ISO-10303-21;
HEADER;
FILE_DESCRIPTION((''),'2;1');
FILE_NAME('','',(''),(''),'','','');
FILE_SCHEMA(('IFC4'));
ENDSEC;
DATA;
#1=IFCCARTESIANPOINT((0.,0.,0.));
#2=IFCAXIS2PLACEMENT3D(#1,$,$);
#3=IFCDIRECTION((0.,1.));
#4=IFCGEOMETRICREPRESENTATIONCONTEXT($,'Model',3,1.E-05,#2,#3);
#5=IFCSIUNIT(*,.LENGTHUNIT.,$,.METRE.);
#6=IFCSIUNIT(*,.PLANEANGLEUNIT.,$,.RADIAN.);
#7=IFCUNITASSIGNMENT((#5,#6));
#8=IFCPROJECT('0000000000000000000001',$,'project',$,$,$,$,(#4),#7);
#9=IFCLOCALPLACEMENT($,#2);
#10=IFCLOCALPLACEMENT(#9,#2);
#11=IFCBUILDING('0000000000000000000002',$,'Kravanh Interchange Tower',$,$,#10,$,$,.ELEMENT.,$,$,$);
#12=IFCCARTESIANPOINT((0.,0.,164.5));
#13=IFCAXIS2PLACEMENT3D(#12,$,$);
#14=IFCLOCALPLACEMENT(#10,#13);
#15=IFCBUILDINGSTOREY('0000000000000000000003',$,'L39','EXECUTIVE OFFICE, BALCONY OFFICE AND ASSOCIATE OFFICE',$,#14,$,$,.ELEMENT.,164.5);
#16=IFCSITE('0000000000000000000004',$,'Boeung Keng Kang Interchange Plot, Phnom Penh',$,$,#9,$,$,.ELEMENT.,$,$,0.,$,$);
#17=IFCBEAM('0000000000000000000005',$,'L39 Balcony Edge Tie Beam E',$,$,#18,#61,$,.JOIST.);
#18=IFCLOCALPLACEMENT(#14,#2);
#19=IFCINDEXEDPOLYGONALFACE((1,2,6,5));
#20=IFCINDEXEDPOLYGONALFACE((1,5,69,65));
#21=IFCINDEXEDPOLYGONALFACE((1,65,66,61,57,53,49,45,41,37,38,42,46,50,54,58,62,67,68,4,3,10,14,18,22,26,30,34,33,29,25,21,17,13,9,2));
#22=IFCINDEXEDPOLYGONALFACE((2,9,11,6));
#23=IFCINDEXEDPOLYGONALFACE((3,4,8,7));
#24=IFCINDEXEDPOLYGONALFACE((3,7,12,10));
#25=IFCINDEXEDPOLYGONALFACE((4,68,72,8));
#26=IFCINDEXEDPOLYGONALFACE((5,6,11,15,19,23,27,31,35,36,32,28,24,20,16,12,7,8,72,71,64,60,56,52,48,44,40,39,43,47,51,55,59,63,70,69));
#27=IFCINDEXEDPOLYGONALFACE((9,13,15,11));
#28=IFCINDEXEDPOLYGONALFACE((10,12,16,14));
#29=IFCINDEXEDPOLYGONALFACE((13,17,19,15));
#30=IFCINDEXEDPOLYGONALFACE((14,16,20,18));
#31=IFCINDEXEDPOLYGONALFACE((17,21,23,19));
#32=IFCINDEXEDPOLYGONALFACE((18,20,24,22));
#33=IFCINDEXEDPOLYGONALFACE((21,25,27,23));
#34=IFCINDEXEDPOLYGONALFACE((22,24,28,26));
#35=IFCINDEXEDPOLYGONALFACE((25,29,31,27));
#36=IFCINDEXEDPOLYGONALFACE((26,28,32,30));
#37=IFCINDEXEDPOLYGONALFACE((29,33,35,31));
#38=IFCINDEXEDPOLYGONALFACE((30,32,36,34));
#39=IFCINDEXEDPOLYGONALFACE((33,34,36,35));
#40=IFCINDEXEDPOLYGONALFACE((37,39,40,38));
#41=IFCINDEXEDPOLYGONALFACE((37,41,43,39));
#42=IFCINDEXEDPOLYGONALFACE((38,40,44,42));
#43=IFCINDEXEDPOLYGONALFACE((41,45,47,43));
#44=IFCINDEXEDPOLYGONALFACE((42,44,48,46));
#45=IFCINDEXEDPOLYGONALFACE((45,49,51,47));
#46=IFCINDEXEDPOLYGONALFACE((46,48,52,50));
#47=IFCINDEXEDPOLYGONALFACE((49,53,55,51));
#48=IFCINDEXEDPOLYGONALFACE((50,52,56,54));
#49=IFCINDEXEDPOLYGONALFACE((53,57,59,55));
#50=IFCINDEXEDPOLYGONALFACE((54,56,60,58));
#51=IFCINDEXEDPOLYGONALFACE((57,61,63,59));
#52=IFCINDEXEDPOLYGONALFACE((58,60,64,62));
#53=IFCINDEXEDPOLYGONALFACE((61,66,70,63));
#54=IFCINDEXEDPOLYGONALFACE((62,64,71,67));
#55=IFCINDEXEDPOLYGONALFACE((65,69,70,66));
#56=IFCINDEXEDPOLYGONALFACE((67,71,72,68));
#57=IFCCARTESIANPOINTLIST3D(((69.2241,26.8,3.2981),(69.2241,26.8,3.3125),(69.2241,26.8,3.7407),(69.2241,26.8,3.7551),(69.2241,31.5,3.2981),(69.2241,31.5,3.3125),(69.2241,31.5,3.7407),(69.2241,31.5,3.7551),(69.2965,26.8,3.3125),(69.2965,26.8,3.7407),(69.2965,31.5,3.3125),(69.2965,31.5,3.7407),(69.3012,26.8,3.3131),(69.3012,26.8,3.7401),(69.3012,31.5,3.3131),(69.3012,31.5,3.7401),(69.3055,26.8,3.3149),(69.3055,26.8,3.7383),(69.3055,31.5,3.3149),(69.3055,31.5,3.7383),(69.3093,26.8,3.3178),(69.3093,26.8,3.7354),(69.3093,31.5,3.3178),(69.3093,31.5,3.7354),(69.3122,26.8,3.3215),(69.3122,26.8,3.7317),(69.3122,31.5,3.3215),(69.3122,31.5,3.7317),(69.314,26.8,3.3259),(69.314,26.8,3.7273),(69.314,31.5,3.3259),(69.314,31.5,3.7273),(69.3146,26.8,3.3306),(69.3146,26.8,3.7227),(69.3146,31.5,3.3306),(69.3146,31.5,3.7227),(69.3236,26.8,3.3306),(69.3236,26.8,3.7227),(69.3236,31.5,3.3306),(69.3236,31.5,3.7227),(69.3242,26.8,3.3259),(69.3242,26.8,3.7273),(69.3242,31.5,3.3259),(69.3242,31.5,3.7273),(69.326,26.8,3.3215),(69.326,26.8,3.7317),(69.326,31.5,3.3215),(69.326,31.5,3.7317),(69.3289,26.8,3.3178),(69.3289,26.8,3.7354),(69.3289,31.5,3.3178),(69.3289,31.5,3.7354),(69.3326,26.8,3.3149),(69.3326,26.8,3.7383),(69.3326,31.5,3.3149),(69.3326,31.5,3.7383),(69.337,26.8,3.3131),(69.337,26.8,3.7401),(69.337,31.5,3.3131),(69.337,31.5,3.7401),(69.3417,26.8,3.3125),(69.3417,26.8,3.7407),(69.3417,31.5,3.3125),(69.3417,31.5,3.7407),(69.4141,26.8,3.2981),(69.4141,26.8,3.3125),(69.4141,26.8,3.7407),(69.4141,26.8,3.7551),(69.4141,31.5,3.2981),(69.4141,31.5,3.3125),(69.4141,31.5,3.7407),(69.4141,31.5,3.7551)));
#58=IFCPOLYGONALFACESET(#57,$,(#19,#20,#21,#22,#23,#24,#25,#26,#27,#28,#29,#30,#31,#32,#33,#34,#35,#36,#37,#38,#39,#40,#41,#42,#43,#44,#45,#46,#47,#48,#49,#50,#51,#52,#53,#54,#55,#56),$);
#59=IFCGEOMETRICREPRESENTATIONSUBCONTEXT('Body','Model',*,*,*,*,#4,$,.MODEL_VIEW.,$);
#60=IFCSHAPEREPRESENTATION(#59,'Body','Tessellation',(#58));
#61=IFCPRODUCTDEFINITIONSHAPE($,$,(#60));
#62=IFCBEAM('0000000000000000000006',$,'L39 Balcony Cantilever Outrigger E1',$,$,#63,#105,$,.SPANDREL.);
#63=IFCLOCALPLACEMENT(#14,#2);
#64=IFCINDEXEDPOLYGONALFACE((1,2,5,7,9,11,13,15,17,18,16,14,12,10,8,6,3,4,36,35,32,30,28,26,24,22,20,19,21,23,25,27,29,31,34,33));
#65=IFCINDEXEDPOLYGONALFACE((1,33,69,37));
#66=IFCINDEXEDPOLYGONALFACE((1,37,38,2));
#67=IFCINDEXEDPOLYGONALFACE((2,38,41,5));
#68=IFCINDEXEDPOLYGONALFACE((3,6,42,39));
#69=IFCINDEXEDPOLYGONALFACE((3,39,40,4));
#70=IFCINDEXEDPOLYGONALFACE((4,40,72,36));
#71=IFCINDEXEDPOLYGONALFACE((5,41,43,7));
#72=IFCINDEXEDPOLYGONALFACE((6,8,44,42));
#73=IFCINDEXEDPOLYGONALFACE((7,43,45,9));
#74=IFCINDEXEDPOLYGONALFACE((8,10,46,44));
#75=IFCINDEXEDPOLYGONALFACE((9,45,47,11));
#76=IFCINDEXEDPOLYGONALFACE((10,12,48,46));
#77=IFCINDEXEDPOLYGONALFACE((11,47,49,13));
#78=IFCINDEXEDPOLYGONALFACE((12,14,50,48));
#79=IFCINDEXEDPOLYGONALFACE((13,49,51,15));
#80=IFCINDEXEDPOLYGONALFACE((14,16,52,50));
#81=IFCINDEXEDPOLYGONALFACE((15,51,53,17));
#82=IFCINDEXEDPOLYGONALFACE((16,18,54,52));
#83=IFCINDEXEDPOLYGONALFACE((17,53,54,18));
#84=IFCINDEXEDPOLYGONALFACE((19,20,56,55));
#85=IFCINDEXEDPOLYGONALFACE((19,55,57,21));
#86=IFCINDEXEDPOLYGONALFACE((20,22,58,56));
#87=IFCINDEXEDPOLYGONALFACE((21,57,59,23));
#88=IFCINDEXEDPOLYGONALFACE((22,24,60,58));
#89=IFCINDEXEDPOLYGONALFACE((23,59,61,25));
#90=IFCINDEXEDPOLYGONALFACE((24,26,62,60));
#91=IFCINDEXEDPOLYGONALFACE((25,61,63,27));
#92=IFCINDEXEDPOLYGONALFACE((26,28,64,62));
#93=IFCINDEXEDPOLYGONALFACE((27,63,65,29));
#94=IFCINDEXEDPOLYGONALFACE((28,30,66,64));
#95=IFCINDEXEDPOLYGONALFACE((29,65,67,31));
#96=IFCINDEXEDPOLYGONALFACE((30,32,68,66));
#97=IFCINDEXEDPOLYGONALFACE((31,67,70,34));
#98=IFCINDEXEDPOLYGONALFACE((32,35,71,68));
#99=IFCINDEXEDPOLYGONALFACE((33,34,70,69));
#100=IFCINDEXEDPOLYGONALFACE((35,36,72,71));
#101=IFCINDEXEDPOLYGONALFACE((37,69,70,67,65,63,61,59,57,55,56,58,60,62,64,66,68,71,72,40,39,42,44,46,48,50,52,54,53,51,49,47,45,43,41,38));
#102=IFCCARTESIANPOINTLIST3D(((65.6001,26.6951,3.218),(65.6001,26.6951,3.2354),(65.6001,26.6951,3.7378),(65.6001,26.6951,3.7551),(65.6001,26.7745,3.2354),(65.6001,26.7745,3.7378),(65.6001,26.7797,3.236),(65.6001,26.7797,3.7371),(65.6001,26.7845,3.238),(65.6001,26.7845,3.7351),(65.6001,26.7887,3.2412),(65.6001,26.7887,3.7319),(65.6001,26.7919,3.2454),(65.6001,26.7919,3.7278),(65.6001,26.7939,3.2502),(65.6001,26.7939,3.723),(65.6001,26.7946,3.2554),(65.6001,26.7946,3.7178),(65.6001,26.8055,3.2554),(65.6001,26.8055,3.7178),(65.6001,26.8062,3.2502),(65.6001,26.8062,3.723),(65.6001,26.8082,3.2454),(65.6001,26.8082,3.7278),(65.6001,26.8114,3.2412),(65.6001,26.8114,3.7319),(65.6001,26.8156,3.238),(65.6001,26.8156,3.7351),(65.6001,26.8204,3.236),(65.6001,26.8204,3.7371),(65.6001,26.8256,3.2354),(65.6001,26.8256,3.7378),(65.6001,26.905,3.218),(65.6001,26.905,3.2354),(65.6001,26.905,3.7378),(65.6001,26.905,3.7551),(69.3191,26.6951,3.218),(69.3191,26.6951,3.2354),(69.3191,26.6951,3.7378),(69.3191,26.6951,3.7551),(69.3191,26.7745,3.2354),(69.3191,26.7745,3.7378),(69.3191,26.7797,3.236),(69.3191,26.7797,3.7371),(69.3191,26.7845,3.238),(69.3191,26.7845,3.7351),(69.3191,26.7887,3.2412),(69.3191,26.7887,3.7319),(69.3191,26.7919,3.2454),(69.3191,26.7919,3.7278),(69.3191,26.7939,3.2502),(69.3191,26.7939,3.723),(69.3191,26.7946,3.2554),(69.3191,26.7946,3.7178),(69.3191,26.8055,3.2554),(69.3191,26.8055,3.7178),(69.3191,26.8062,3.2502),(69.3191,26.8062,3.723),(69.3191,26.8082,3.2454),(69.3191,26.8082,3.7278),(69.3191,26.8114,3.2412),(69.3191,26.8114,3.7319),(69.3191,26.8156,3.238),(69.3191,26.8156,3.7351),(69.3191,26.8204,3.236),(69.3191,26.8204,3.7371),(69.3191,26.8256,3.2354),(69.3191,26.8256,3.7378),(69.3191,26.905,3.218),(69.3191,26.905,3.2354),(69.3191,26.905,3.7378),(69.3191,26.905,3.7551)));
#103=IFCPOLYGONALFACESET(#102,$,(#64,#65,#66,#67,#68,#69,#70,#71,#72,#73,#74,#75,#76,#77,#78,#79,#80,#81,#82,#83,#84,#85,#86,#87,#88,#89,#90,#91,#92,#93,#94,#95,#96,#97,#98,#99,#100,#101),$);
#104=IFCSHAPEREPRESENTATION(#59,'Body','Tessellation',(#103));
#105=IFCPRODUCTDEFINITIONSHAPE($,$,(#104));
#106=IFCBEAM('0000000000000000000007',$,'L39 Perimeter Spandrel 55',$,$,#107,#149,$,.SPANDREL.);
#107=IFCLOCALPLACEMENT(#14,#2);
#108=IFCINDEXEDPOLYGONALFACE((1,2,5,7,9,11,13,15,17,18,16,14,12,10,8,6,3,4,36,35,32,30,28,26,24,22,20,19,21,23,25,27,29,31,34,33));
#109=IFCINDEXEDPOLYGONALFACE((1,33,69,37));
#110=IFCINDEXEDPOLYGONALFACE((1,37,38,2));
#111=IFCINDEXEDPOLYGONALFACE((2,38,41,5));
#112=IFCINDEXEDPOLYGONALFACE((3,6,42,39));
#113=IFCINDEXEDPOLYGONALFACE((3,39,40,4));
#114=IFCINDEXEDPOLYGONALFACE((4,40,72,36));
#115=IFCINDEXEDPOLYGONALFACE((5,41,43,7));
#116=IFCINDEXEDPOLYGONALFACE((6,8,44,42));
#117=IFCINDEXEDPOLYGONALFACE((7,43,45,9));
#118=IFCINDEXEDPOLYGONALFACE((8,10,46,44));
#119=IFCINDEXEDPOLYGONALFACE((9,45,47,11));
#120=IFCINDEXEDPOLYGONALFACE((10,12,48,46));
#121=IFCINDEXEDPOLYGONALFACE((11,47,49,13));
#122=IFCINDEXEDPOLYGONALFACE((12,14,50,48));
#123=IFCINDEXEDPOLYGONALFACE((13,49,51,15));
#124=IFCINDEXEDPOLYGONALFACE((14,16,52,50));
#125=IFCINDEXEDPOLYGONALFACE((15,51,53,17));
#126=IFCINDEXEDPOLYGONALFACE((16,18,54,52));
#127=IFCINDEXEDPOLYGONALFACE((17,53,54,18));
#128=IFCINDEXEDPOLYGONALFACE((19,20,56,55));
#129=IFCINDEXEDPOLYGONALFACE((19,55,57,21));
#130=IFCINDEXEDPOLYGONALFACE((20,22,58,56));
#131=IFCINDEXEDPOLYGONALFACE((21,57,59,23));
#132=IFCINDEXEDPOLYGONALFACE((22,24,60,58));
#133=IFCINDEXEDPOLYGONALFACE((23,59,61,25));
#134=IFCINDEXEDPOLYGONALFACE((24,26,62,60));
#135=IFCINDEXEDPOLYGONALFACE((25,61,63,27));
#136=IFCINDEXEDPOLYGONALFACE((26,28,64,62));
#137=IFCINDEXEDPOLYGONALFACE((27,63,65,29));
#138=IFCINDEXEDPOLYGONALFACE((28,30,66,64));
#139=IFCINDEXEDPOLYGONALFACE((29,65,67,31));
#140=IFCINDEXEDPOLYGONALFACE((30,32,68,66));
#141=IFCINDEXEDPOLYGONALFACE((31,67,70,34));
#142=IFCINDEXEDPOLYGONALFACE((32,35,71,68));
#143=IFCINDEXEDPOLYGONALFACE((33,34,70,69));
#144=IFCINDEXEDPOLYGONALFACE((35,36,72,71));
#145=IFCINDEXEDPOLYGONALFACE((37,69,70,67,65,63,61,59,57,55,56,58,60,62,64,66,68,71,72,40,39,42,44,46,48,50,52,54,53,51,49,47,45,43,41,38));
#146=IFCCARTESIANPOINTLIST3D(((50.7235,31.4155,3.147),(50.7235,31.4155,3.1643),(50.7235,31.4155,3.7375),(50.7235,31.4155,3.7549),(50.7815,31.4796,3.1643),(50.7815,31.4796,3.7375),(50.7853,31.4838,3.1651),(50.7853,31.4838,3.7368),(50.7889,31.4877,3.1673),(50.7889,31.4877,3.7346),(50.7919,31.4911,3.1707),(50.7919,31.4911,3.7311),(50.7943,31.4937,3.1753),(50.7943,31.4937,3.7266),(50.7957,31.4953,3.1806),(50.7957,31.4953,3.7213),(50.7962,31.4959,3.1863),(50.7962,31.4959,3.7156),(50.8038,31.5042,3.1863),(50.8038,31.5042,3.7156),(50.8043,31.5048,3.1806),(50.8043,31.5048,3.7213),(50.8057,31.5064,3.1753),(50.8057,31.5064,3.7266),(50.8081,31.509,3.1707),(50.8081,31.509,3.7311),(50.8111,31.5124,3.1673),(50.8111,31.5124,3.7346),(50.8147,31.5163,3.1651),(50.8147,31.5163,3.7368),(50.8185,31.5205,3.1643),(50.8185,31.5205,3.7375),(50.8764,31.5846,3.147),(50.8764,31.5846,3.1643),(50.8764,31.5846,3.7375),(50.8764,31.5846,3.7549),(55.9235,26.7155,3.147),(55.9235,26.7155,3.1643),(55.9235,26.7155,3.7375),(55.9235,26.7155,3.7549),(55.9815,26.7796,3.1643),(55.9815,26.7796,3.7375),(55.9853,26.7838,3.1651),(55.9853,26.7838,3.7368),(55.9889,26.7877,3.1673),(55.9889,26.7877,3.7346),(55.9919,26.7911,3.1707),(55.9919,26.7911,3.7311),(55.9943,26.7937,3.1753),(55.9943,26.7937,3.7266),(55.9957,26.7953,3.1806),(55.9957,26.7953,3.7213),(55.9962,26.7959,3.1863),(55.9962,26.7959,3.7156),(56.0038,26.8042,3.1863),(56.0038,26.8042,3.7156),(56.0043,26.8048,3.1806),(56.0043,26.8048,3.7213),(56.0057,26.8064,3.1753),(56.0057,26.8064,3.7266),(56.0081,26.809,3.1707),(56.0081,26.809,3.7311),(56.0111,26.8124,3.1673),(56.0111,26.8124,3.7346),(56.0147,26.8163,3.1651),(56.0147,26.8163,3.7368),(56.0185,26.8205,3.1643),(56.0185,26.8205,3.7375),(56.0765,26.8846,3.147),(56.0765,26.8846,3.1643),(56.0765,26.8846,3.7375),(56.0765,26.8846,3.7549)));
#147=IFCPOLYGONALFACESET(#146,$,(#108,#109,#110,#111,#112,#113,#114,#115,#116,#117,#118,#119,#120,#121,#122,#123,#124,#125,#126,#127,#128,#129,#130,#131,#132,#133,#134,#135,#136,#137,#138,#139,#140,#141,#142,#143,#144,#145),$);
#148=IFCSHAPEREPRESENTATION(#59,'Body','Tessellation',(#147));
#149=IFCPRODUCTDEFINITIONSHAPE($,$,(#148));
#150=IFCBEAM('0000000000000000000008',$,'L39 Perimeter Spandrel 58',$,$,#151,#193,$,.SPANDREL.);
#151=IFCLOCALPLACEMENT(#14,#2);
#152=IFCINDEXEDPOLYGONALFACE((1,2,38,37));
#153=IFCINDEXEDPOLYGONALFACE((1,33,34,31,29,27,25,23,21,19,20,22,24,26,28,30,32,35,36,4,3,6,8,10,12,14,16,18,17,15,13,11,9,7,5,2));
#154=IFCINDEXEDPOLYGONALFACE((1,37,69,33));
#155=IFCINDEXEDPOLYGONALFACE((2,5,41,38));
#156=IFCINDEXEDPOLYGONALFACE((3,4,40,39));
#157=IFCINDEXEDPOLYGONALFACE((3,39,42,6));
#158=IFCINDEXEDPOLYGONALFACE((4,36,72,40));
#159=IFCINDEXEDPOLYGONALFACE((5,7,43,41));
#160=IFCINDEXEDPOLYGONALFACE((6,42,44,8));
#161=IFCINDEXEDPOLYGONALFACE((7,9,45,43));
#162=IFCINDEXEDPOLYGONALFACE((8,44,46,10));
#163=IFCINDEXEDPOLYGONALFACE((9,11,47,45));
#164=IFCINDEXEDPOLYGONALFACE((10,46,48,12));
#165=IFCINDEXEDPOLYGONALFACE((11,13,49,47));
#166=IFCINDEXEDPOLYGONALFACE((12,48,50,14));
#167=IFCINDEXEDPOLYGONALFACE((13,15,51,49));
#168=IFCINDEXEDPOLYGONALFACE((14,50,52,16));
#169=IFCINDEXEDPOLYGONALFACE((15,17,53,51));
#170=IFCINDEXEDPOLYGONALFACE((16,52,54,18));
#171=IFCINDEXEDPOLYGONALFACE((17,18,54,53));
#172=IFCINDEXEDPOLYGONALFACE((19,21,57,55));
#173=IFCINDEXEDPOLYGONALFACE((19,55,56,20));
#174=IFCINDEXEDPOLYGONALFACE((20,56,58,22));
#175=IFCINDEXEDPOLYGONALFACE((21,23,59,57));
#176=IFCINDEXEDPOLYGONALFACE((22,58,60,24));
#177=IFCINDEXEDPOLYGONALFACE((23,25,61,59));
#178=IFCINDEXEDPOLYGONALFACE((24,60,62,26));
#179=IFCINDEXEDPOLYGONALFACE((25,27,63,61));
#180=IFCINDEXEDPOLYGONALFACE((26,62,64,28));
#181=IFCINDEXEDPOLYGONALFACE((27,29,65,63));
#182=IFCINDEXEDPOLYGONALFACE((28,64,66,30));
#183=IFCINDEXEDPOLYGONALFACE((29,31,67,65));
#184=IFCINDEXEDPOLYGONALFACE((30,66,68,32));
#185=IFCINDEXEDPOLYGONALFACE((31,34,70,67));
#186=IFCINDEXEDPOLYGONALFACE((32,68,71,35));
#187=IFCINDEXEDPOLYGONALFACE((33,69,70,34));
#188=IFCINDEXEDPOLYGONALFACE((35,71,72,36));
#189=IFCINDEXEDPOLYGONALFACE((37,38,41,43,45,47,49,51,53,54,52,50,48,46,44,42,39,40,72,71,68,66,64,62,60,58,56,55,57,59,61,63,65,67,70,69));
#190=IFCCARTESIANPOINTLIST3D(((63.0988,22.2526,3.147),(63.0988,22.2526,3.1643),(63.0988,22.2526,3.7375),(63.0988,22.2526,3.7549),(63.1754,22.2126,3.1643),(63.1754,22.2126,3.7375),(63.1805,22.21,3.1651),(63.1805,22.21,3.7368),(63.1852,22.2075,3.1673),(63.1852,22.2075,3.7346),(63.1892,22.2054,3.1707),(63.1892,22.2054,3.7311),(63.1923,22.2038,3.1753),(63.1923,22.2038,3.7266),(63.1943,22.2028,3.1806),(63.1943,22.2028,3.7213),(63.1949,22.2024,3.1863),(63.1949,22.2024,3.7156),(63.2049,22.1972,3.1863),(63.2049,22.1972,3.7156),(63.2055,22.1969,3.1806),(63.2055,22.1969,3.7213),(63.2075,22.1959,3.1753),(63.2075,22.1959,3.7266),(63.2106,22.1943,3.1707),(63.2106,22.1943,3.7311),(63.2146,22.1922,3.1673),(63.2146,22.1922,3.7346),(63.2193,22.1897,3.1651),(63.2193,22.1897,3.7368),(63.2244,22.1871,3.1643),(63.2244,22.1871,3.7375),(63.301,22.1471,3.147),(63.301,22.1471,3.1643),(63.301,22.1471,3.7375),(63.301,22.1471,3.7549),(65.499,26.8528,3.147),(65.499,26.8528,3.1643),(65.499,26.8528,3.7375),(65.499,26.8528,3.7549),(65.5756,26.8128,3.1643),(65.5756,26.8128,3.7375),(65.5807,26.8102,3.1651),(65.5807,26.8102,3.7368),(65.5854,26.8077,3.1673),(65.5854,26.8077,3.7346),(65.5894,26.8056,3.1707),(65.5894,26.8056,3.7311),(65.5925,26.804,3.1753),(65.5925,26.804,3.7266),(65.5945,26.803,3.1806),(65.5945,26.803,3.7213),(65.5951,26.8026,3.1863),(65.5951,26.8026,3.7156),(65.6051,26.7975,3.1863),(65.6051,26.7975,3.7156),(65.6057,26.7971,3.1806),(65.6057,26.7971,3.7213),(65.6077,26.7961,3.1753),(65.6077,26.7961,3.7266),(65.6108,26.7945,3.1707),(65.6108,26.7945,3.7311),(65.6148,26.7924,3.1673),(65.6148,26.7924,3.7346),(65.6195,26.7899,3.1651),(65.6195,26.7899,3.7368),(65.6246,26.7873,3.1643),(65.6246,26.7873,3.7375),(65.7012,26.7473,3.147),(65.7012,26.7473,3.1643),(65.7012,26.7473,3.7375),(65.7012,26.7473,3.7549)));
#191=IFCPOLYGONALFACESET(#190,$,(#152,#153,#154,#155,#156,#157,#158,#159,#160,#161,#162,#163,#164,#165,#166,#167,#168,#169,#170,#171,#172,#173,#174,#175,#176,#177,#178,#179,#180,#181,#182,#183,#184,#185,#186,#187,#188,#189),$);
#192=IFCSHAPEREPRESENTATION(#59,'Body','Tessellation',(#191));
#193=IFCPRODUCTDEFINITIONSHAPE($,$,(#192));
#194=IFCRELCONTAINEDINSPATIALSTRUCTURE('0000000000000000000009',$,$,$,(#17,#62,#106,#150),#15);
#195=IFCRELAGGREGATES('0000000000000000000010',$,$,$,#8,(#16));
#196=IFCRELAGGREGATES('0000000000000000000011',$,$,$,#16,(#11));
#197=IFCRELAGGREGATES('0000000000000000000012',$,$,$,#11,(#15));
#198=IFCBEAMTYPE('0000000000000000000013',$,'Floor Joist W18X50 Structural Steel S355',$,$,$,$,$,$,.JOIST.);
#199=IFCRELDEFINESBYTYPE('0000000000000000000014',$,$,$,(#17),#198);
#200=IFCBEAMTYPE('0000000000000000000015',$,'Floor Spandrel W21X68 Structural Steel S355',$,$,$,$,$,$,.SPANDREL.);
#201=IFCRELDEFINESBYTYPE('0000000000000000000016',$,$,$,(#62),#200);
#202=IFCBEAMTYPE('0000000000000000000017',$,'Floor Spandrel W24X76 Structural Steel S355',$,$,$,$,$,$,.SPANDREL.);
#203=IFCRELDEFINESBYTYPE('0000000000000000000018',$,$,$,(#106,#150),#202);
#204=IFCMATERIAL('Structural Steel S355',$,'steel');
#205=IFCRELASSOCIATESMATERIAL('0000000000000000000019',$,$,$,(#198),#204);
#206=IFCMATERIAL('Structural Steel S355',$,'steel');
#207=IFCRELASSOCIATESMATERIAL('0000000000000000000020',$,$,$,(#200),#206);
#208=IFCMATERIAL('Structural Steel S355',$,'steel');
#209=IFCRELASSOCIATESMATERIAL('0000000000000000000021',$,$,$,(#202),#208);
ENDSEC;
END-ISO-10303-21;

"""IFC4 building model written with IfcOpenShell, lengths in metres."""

from ifc_helpers import new_model, si_unit, direction, frame, origin, origin_2d, place, context, subcontext, project, spatial, i_section, extrude, material, material_profile, profile_set, type_object, element, save


model = new_model("IFC4")

# Units and contexts
model_context = context("Model", 3, precision=1e-05, world=origin(), true_north=direction((0.0, 1.0)))
body_context = subcontext(model_context, "Body", "Model", "MODEL_VIEW")
ifc_project = project(units=[si_unit("LENGTHUNIT", "METRE"), si_unit("PLANEANGLEUNIT", "RADIAN")], contexts=[model_context])

# Site, building, storey
site_placement = place(None, origin())
site = spatial("IfcSite", under=ifc_project, at=site_placement, Name="Boeung Keng Kang Interchange Plot, Phnom Penh", CompositionType="ELEMENT", RefElevation=0.0)
building_placement = place(site_placement, origin())
building = spatial("IfcBuilding", under=site, at=building_placement, Name="Kravanh Interchange Tower", CompositionType="ELEMENT")
storey_placement = place(building_placement, frame((0.0, 0.0, 164.5)))
storey = spatial("IfcBuildingStorey", under=building, at=storey_placement, Name="L39", Description="EXECUTIVE OFFICE, BALCONY OFFICE AND ASSOCIATE OFFICE", CompositionType="ELEMENT", Elevation=164.5)

# Beams
ifc_material_1 = material(Name="Structural Steel S355", Category="steel")
ifc_material_profile_1 = material_profile(ifc_material_1, i_section(OverallWidth=0.1899, OverallDepth=0.457, WebThickness=0.009, FlangeThickness=0.0144, FilletRadius=0.0181, at=origin_2d()), Name="W18X50")
ifc_profile_set_1 = profile_set([ifc_material_profile_1], Name="Structural Steel S355")
beam_type_1 = type_object("IfcBeamType", Name="Floor Joist W18X50 Structural Steel S355", PredefinedType="JOIST", material=ifc_profile_set_1)
beam_1_placement = place(storey_placement, frame((69.3191, 26.8, 3.5266), z_axis=(0.0, 1.0, 0.0), x_axis=(-1.0, 0.0, 0.0)))
element("IfcBeam", 1, at=beam_1_placement, inside=storey, type_object=beam_type_1, Name="L39 Balcony Edge Tie Beam E", PredefinedType="JOIST", context=body_context, shape_type="SweptSolid", body=[
    extrude(i_section(OverallWidth=0.1899, OverallDepth=0.457, WebThickness=0.009, FlangeThickness=0.0144, FilletRadius=0.0181, at=origin_2d()), origin(), (0.0, 0.0, 1.0), 4.7),
])
ifc_material_2 = material(Name="Structural Steel S355", Category="steel")
ifc_material_profile_2 = material_profile(ifc_material_2, i_section(OverallWidth=0.21, OverallDepth=0.5371, WebThickness=0.011, FlangeThickness=0.0173, FilletRadius=0.02, at=origin_2d()), Name="W21X68")
ifc_profile_set_2 = profile_set([ifc_material_profile_2], Name="Structural Steel S355")
beam_type_2 = type_object("IfcBeamType", Name="Floor Spandrel W21X68 Structural Steel S355", PredefinedType="SPANDREL", material=ifc_profile_set_2)
beam_2_placement = place(storey_placement, frame((65.6001, 26.8, 3.4866), z_axis=(1.0, 0.0, 0.0), x_axis=(0.0, 1.0, 0.0)))
element("IfcBeam", 2, at=beam_2_placement, inside=storey, type_object=beam_type_2, Name="L39 Balcony Cantilever Outrigger E1", PredefinedType="SPANDREL", context=body_context, shape_type="SweptSolid", body=[
    extrude(i_section(OverallWidth=0.21, OverallDepth=0.5371, WebThickness=0.011, FlangeThickness=0.0173, FilletRadius=0.02, at=origin_2d()), origin(), (0.0, 0.0, 1.0), 3.719),
])
ifc_material_3 = material(Name="Structural Steel S355", Category="steel")
ifc_material_profile_3 = material_profile(ifc_material_3, i_section(OverallWidth=0.228, OverallDepth=0.6079, WebThickness=0.0112, FlangeThickness=0.0173, FilletRadius=0.022, at=origin_2d()), Name="W24X76")
ifc_profile_set_3 = profile_set([ifc_material_profile_3], Name="Structural Steel S355")
beam_type_3 = type_object("IfcBeamType", Name="Floor Spandrel W24X76 Structural Steel S355", PredefinedType="SPANDREL", material=ifc_profile_set_3)
beam_3_placement = place(storey_placement, frame((56.0, 26.8, 3.4509), z_axis=(-0.741874, 0.670539, 0.0), x_axis=(-0.670539, -0.741874, 0.0)))
element("IfcBeam", 3, at=beam_3_placement, inside=storey, type_object=beam_type_3, Name="L39 Perimeter Spandrel 55", PredefinedType="SPANDREL", context=body_context, shape_type="SweptSolid", body=[
    extrude(i_section(OverallWidth=0.228, OverallDepth=0.6079, WebThickness=0.0112, FlangeThickness=0.0173, FilletRadius=0.022, at=origin_2d()), origin(), (0.0, 0.0, 1.0), 7.0093),
])
beam_4_placement = place(storey_placement, frame((65.6001, 26.8, 3.4509), z_axis=(-0.46258, -0.886577, 0.0), x_axis=(0.886577, -0.46258, 0.0)))
element("IfcBeam", 4, at=beam_4_placement, inside=storey, type_object=beam_type_3, Name="L39 Perimeter Spandrel 58", PredefinedType="SPANDREL", context=body_context, shape_type="SweptSolid", body=[
    extrude(i_section(OverallWidth=0.228, OverallDepth=0.6079, WebThickness=0.0112, FlangeThickness=0.0173, FilletRadius=0.022, at=origin_2d()), origin(), (0.0, 0.0, 1.0), 5.1887),
])

save(model, "model.ifc")
